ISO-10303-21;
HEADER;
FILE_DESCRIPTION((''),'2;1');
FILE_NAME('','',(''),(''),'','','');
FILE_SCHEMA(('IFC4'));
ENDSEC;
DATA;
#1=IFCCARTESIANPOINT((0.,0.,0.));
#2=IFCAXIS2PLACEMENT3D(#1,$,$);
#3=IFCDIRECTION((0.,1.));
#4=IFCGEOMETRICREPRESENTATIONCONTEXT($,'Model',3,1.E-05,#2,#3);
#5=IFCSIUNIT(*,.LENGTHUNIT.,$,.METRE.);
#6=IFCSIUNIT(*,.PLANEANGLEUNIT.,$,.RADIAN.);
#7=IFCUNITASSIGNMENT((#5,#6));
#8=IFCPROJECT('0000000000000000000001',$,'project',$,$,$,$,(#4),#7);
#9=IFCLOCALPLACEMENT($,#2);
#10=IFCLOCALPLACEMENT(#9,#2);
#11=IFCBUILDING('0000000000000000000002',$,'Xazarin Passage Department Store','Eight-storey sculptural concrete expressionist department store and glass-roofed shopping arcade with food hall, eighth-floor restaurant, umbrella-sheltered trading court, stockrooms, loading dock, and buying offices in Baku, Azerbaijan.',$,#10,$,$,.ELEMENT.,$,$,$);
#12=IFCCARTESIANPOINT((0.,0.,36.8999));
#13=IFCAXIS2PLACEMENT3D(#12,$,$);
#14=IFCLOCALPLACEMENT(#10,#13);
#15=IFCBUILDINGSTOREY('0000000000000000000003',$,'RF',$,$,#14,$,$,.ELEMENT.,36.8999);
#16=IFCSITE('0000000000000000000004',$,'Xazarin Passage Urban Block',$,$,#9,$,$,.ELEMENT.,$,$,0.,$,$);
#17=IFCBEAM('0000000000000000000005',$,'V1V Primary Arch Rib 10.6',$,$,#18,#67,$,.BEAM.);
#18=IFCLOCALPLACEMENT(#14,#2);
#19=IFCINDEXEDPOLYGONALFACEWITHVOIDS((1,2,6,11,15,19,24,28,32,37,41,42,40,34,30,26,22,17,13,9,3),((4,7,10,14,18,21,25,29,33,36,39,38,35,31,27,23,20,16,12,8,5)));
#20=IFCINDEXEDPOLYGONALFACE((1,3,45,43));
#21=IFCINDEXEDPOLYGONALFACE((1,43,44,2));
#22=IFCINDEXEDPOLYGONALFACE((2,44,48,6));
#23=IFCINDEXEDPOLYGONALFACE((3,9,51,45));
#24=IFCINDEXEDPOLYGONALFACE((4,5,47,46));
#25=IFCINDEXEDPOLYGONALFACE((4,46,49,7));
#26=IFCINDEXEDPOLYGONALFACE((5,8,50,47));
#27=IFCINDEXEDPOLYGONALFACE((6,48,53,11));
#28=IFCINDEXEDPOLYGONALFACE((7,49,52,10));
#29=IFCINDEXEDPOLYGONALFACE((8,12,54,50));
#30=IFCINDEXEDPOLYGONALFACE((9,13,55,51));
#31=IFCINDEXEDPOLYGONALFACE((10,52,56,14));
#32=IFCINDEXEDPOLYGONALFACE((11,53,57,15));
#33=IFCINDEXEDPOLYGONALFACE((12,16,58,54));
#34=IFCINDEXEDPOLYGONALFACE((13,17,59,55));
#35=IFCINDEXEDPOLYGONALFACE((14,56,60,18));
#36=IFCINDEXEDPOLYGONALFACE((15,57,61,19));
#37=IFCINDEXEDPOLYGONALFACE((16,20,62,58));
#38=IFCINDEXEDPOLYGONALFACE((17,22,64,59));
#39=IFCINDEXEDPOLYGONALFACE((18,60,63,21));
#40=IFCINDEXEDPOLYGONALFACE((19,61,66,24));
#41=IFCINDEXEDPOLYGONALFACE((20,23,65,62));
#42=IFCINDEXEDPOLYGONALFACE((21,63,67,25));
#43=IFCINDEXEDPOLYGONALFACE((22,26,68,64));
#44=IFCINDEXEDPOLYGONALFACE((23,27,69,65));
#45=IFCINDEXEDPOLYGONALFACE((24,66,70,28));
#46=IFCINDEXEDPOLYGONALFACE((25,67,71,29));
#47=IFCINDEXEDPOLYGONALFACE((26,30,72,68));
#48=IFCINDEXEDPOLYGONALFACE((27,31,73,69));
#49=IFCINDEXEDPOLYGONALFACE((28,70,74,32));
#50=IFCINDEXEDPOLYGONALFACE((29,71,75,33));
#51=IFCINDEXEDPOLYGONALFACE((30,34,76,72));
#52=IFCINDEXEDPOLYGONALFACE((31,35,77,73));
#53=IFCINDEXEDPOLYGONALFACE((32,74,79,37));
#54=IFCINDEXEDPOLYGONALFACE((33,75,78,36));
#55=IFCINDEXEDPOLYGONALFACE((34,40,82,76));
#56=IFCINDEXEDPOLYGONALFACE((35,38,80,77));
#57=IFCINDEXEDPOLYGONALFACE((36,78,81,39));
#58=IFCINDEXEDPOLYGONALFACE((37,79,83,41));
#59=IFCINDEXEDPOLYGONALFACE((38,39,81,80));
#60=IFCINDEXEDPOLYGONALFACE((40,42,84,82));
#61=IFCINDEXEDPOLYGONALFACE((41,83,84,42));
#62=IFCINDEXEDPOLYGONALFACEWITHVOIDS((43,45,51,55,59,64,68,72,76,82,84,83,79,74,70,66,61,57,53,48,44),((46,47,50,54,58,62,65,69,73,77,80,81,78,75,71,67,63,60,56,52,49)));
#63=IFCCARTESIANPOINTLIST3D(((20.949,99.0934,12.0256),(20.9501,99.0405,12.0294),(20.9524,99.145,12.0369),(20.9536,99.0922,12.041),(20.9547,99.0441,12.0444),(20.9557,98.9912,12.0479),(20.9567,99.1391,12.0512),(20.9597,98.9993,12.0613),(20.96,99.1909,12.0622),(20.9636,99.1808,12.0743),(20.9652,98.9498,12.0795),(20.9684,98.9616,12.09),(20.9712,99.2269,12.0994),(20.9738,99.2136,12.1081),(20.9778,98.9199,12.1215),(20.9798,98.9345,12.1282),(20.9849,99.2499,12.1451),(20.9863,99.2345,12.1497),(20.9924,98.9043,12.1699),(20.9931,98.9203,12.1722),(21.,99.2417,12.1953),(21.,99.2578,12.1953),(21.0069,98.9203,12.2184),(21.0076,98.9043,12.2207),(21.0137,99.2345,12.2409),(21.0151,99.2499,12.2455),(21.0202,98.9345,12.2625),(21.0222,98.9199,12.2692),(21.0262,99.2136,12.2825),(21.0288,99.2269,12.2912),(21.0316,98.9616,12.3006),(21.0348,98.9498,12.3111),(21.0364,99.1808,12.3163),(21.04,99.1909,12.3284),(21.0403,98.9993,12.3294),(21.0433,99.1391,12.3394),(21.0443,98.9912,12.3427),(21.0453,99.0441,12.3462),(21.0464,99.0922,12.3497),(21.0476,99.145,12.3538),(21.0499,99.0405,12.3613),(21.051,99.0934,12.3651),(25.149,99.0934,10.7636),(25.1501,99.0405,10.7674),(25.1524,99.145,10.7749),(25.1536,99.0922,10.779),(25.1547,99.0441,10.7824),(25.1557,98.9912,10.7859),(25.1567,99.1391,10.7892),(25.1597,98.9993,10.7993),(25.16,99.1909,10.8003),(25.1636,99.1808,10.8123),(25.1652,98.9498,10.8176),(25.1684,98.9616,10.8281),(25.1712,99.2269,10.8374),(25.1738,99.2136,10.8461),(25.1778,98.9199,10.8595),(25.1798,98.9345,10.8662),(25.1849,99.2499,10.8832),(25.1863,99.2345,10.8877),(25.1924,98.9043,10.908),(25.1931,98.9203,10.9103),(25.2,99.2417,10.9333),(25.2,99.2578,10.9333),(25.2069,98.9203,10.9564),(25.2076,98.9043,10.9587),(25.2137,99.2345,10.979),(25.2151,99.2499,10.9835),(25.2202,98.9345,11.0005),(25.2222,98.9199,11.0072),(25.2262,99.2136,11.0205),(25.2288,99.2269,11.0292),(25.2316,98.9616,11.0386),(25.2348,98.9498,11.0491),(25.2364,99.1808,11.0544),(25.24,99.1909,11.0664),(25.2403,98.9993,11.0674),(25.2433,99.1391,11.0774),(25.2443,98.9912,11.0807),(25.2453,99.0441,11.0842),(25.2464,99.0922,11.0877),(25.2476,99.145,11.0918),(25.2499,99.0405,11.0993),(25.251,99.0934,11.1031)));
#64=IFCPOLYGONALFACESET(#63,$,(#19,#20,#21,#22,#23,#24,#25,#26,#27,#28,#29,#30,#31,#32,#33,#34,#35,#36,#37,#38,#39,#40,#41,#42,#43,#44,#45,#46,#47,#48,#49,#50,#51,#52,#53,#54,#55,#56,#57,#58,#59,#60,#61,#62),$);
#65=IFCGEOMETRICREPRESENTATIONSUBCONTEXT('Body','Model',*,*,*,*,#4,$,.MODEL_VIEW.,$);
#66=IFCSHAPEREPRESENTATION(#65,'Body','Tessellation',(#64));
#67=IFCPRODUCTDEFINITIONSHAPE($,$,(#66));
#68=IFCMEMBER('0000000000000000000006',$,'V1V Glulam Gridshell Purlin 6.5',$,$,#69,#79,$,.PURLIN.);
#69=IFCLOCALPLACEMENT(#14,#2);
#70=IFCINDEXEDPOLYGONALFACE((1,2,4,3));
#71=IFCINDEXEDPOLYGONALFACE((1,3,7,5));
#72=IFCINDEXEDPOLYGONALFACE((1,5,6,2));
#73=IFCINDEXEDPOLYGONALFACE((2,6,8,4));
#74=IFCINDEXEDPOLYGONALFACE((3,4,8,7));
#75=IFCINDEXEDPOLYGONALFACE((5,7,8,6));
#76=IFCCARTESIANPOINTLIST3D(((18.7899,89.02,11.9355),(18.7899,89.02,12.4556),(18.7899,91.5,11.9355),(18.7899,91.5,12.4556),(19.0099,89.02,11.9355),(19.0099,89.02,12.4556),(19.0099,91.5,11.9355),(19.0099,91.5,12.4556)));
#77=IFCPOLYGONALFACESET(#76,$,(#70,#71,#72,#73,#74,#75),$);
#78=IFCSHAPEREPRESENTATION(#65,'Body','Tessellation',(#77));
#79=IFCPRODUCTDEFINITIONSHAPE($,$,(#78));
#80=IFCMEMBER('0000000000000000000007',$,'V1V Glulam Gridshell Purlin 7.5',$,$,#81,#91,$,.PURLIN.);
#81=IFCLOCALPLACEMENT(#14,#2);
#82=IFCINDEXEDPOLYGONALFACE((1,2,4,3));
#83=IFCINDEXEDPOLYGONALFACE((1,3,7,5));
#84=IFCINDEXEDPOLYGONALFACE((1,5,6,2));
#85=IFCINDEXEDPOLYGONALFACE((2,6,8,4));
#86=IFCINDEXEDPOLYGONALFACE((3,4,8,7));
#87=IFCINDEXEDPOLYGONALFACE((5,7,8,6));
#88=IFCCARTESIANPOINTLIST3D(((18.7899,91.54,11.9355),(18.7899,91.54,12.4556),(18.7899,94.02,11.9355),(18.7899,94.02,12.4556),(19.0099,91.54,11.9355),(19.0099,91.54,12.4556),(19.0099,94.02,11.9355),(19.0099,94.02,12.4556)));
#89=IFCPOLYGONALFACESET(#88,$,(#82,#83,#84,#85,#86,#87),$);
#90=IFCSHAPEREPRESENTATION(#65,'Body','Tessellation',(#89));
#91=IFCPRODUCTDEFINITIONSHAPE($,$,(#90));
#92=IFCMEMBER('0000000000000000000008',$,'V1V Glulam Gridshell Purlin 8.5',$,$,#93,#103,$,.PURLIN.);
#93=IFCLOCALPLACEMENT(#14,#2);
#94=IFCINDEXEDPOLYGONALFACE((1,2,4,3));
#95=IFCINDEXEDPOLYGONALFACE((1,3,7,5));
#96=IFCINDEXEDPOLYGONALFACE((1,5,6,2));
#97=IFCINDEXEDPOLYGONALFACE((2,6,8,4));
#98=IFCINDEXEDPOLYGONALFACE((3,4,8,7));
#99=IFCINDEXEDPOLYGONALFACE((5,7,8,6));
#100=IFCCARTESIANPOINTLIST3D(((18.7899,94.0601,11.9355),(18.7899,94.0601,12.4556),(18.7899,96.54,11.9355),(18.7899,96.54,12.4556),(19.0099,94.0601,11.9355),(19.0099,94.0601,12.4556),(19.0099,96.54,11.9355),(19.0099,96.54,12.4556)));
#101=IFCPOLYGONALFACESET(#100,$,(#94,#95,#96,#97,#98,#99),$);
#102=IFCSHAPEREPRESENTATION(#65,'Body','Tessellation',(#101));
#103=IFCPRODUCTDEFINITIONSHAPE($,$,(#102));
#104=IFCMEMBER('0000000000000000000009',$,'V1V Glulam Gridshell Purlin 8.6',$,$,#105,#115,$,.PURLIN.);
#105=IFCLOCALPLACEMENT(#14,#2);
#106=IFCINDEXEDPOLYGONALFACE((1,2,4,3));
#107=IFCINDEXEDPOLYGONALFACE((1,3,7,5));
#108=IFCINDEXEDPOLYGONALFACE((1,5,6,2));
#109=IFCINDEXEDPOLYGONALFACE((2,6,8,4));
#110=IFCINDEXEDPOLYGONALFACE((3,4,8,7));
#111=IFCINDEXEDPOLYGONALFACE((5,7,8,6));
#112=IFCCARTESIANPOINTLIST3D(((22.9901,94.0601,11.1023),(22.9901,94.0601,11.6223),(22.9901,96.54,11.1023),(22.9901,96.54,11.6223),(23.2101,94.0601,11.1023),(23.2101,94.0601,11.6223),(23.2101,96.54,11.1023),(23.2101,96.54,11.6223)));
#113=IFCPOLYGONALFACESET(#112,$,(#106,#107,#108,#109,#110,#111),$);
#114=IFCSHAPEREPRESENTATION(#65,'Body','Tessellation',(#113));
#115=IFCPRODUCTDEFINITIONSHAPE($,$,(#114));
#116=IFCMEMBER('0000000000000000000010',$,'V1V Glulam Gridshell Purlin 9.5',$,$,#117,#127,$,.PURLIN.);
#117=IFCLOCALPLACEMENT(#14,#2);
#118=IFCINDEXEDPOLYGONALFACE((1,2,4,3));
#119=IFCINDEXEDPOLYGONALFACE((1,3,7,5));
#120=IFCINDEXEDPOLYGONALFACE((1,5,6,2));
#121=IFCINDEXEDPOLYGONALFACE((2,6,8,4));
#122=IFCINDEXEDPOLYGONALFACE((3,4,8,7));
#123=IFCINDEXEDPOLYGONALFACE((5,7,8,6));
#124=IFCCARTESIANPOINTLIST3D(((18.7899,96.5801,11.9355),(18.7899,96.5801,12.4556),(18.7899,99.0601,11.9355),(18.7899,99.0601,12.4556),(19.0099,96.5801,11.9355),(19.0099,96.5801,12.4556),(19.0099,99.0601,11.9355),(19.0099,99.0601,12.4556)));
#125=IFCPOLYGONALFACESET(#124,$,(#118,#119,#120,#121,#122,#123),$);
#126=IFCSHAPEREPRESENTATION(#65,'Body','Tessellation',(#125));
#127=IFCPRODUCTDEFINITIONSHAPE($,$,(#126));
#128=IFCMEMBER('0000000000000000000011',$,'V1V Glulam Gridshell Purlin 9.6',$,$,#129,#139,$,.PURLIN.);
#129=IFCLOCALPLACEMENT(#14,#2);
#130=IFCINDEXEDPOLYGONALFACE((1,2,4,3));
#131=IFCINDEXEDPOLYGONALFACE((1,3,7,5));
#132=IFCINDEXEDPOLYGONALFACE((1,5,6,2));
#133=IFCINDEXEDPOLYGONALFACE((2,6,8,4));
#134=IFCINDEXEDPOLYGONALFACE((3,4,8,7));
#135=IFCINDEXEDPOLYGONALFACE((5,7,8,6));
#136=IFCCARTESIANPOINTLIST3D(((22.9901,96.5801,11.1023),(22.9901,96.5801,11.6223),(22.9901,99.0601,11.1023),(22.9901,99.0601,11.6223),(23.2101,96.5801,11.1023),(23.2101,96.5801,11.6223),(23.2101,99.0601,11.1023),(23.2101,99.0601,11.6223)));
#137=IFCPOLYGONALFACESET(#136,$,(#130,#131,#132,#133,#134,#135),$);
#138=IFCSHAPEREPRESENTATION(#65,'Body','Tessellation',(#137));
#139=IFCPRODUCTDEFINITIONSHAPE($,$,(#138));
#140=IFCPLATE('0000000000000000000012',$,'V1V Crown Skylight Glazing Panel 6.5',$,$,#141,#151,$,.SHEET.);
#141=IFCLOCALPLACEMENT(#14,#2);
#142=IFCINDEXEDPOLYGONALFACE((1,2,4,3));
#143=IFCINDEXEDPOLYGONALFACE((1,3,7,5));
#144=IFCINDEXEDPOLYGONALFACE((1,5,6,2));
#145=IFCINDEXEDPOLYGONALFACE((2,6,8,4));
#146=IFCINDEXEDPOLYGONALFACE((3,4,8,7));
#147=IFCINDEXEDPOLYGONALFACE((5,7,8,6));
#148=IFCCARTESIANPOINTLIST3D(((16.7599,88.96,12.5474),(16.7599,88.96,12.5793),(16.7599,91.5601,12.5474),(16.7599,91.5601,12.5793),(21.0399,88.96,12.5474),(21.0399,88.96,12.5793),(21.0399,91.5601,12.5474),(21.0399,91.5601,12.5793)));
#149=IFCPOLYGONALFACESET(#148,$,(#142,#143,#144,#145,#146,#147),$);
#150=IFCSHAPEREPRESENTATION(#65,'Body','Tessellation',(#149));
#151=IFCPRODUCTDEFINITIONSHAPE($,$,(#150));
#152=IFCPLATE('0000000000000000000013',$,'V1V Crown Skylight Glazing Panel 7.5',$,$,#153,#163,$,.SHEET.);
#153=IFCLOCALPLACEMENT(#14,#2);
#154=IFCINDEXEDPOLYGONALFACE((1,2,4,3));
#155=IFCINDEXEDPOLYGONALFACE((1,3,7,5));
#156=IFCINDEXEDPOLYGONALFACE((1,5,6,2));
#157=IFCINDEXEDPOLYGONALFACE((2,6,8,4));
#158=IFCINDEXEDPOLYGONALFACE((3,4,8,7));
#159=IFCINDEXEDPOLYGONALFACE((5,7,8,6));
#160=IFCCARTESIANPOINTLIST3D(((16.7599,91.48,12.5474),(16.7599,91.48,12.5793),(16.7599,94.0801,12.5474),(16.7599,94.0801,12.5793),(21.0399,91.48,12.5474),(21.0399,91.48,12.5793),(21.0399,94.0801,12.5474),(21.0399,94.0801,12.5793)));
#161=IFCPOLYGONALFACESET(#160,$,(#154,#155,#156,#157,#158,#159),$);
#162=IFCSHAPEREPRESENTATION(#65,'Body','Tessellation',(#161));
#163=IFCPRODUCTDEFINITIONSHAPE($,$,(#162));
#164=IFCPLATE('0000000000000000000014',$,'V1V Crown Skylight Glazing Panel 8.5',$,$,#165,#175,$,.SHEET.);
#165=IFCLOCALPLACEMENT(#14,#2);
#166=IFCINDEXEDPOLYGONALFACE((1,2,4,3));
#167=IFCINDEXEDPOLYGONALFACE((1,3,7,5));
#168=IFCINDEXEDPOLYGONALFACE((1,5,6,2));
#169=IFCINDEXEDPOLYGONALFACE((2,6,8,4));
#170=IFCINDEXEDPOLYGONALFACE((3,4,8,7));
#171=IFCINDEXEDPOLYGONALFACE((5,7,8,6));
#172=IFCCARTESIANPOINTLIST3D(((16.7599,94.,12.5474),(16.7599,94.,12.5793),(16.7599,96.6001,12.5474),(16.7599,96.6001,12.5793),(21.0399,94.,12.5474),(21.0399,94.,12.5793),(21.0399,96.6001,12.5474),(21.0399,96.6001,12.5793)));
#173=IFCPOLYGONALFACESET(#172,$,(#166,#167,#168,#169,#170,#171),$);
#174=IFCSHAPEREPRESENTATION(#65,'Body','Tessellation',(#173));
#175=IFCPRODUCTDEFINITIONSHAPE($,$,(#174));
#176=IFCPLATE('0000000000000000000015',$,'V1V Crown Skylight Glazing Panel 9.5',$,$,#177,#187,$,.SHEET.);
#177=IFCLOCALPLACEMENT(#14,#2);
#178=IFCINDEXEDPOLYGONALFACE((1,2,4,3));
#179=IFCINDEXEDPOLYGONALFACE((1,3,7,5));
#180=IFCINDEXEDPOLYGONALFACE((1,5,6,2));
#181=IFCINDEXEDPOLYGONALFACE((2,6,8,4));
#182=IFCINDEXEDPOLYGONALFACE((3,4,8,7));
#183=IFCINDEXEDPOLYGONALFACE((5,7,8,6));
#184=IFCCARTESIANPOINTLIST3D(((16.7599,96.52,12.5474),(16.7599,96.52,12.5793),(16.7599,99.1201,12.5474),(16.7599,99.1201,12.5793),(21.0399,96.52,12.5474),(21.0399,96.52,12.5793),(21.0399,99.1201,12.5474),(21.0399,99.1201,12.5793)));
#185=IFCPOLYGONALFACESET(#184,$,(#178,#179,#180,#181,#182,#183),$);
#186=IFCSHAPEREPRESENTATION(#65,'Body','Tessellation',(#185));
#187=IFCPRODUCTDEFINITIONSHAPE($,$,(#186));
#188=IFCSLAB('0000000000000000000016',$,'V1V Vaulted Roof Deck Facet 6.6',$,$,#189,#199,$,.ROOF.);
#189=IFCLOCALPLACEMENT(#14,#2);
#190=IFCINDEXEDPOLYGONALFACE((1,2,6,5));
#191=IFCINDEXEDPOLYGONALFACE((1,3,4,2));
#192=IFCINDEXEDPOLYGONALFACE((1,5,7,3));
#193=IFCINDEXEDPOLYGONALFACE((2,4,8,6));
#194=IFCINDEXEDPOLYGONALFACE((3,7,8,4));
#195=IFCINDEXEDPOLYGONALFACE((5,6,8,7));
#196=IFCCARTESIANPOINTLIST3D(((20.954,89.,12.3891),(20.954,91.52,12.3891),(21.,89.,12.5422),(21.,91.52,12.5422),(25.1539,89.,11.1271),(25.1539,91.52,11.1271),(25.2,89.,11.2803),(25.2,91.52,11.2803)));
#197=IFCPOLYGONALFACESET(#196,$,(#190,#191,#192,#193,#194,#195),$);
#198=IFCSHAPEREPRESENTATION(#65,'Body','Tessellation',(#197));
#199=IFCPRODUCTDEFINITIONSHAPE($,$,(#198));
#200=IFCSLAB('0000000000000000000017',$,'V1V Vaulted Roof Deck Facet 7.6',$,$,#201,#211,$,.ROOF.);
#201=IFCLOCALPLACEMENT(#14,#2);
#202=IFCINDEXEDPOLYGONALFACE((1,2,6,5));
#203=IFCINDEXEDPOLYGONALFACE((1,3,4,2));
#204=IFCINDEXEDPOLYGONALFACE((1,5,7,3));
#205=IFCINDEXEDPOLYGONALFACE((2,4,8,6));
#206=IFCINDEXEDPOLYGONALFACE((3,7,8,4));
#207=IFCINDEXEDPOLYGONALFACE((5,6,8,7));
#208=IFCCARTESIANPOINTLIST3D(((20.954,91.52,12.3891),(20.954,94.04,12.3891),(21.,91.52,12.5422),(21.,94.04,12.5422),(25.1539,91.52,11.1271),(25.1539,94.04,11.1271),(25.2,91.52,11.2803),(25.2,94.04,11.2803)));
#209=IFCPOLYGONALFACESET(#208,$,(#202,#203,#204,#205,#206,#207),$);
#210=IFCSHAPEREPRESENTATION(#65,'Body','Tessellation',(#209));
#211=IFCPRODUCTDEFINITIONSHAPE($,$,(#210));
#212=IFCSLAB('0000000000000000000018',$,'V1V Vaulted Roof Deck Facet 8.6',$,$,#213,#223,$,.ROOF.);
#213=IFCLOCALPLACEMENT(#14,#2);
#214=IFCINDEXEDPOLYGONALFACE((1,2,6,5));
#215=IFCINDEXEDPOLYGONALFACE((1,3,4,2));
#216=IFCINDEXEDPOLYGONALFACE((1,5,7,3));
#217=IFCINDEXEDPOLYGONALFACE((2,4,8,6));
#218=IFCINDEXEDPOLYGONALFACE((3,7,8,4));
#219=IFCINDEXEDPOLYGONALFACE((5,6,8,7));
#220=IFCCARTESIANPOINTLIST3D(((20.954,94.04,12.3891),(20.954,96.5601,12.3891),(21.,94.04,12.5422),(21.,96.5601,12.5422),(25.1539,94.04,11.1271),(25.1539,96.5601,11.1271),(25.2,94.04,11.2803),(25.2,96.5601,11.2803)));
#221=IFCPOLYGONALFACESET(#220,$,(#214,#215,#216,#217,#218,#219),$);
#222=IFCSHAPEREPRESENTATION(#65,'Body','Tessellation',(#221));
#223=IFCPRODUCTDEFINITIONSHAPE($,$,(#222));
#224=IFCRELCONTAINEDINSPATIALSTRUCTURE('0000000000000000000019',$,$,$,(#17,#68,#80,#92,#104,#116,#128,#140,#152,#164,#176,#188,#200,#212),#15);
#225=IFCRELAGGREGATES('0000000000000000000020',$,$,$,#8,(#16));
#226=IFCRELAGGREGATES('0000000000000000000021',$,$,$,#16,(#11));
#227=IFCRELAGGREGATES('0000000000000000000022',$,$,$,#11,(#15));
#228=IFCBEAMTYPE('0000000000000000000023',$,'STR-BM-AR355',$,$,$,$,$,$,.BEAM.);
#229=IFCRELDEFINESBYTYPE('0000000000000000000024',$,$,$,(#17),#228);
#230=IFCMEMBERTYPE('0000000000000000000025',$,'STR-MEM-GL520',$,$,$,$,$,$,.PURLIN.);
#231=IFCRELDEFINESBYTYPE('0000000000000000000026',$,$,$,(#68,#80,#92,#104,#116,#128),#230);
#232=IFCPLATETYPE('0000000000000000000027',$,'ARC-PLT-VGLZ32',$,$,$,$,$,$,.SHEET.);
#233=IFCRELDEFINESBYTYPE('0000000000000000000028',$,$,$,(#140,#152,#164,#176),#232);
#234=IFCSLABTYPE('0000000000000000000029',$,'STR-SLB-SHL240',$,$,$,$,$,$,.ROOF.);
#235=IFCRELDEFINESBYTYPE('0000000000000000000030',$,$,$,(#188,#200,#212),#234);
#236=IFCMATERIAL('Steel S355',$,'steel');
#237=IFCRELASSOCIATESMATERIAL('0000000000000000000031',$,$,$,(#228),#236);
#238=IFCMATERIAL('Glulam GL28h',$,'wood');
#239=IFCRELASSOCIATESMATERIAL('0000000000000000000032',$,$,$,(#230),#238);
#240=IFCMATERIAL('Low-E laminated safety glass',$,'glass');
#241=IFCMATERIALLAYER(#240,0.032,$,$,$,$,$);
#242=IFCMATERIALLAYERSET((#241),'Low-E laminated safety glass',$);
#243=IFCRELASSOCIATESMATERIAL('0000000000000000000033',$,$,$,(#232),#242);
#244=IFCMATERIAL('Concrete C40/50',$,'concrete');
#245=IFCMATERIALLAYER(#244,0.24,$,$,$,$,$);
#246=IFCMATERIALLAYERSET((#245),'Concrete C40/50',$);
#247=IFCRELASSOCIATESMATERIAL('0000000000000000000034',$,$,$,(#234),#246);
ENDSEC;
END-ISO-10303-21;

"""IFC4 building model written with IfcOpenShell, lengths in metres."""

from ifc_helpers import new_model, si_unit, direction, frame, origin, origin_2d, place, context, subcontext, project, spatial, polyline, rectangle, hollow_circle, outline, extrude, material, layer, layer_set, material_profile, profile_set, type_object, element, save


model = new_model("IFC4")

# Units and contexts
model_context = context("Model", 3, precision=1e-05, world=origin(), true_north=direction((0.0, 1.0)))
body_context = subcontext(model_context, "Body", "Model", "MODEL_VIEW")
ifc_project = project(units=[si_unit("LENGTHUNIT", "METRE"), si_unit("PLANEANGLEUNIT", "RADIAN")], contexts=[model_context])

# Site, building, storey
site_placement = place(None, origin())
site = spatial("IfcSite", under=ifc_project, at=site_placement, Name="Xazarin Passage Urban Block", CompositionType="ELEMENT", RefElevation=0.0)
building_placement = place(site_placement, origin())
building = spatial("IfcBuilding", under=site, at=building_placement, Name="Xazarin Passage Department Store", Description="Eight-storey sculptural concrete expressionist department store and glass-roofed shopping arcade with food hall, eighth-floor restaurant, umbrella-sheltered trading court, stockrooms, loading dock, and buying offices in Baku, Azerbaijan.", CompositionType="ELEMENT")
storey_placement = place(building_placement, frame((0.0, 0.0, 36.8999)))
storey = spatial("IfcBuildingStorey", under=building, at=storey_placement, Name="RF", CompositionType="ELEMENT", Elevation=36.8999)

# Beam
ifc_material_1 = material(Name="Steel S355", Category="steel")
ifc_material_profile_1 = material_profile(ifc_material_1, hollow_circle(Radius=0.1777, WallThickness=0.0161, at=origin_2d()), Name="CHS 355.6x16")
ifc_profile_set_1 = profile_set([ifc_material_profile_1], Name="Steel S355")
beam_type = type_object("IfcBeamType", Name="STR-BM-AR355", PredefinedType="BEAM", material=ifc_profile_set_1)
beam_1_placement = place(storey_placement, frame((21.0, 99.0801, 12.1953), z_axis=(0.957702, 0.0, -0.287762), x_axis=(0.0, 1.0, 0.0)))
element("IfcBeam", 1, at=beam_1_placement, inside=storey, type_object=beam_type, Name="V1V Primary Arch Rib 10.6", PredefinedType="BEAM", context=body_context, shape_type="SweptSolid", body=[
    extrude(hollow_circle(Radius=0.1777, WallThickness=0.0161, at=origin_2d()), origin(), (0.0, 0.0, 1.0), 4.3855),
])

# Members
ifc_material_2 = material(Name="Glulam GL28h", Category="wood")
ifc_material_profile_2 = material_profile(ifc_material_2, rectangle(XDim=0.22, YDim=0.52, at=origin_2d()), Name="GL28h 220x520")
ifc_profile_set_2 = profile_set([ifc_material_profile_2], Name="Glulam GL28h")
member_type = type_object("IfcMemberType", Name="STR-MEM-GL520", PredefinedType="PURLIN", material=ifc_profile_set_2)
for number, where, z_axis, x_axis, name in (
    (2, (18.8999, 89.02, 12.1956), (0.0, 1.0, 0.0), (-1.0, 0.0, 0.0), "V1V Glulam Gridshell Purlin 6.5"),
    (3, (18.8999, 91.54, 12.1956), (0.0, 1.0, 0.0), (-1.0, 0.0, 0.0), "V1V Glulam Gridshell Purlin 7.5"),
    (4, (18.8999, 94.0601, 12.1956), (0.0, 1.0, 0.0), (-1.0, 0.0, 0.0), "V1V Glulam Gridshell Purlin 8.5"),
    (5, (23.1001, 94.0601, 11.3623), (0.0, 1.0, 0.0), (-1.0, 0.0, 0.0), "V1V Glulam Gridshell Purlin 8.6"),
    (6, (18.8999, 96.5801, 12.1956), (0.0, 1.0, 0.0), (-1.0, 0.0, 0.0), "V1V Glulam Gridshell Purlin 9.5"),
    (7, (23.1001, 96.5801, 11.3623), (0.0, 1.0, 0.0), (-1.0, 0.0, 0.0), "V1V Glulam Gridshell Purlin 9.6"),
):
    element("IfcMember", number, at=place(storey_placement, frame(where, z_axis=z_axis, x_axis=x_axis)), inside=storey, type_object=member_type, Name=name, PredefinedType="PURLIN", context=body_context, shape_type="SweptSolid", body=[
        extrude(rectangle(XDim=0.22, YDim=0.52, at=origin_2d()), origin(), (0.0, 0.0, 1.0), 2.48),
    ])

# Plates
ifc_material_3 = material(Name="Low-E laminated safety glass", Category="glass")
ifc_layer_1 = layer(ifc_material_3, 0.032)
ifc_layer_set_1 = layer_set([ifc_layer_1], Name="Low-E laminated safety glass")
plate_type = type_object("IfcPlateType", Name="ARC-PLT-VGLZ32", PredefinedType="SHEET", material=ifc_layer_set_1)
for number, where, z_axis, x_axis, name in (
    (8, (18.8999, 90.26, 12.5474), (0.0, 0.0, 1.0), (1.0, 0.0, 0.0), "V1V Crown Skylight Glazing Panel 6.5"),
    (9, (18.8999, 92.78, 12.5474), (0.0, 0.0, 1.0), (1.0, 0.0, 0.0), "V1V Crown Skylight Glazing Panel 7.5"),
    (10, (18.8999, 95.3, 12.5474), (0.0, 0.0, 1.0), (1.0, 0.0, 0.0), "V1V Crown Skylight Glazing Panel 8.5"),
    (11, (18.8999, 97.8201, 12.5474), (0.0, 0.0, 1.0), (1.0, 0.0, 0.0), "V1V Crown Skylight Glazing Panel 9.5"),
):
    element("IfcPlate", number, at=place(storey_placement, frame(where, z_axis=z_axis, x_axis=x_axis)), inside=storey, type_object=plate_type, Name=name, PredefinedType="SHEET", context=body_context, shape_type="SweptSolid", body=[
        extrude(rectangle(XDim=4.28, YDim=2.6001, at=origin_2d()), origin(), (0.0, 0.0, 1.0), 0.032),
    ])

# Slabs
ifc_material_4 = material(Name="Concrete C40/50", Category="concrete")
ifc_layer_2 = layer(ifc_material_4, 0.24)
ifc_layer_set_2 = layer_set([ifc_layer_2], Name="Concrete C40/50")
slab_type = type_object("IfcSlabType", Name="STR-SLB-SHL240", PredefinedType="ROOF", material=ifc_layer_set_2)
for number, where, z_axis, x_axis, name in (
    (12, (21.0, 89.0, 12.5422), (0.287762, 0.0, 0.957702), (0.957702, 0.0, -0.287762), "V1V Vaulted Roof Deck Facet 6.6"),
    (13, (21.0, 91.52, 12.5422), (0.287762, 0.0, 0.957702), (0.957702, 0.0, -0.287762), "V1V Vaulted Roof Deck Facet 7.6"),
    (14, (21.0, 94.04, 12.5422), (0.287762, 0.0, 0.957702), (0.957702, 0.0, -0.287762), "V1V Vaulted Roof Deck Facet 8.6"),
):
    element("IfcSlab", number, at=place(storey_placement, frame(where, z_axis=z_axis, x_axis=x_axis)), inside=storey, type_object=slab_type, Name=name, PredefinedType="ROOF", context=body_context, shape_type="SweptSolid", body=[
        extrude(outline(polyline([(0.0, 0.0), (4.3854, 0.0), (4.3854, 2.52), (0.0, 2.52), (0.0, 0.0)])), origin(), (0.0, 0.0, -1.0), 0.1599),
    ])

save(model, "model.ifc")
